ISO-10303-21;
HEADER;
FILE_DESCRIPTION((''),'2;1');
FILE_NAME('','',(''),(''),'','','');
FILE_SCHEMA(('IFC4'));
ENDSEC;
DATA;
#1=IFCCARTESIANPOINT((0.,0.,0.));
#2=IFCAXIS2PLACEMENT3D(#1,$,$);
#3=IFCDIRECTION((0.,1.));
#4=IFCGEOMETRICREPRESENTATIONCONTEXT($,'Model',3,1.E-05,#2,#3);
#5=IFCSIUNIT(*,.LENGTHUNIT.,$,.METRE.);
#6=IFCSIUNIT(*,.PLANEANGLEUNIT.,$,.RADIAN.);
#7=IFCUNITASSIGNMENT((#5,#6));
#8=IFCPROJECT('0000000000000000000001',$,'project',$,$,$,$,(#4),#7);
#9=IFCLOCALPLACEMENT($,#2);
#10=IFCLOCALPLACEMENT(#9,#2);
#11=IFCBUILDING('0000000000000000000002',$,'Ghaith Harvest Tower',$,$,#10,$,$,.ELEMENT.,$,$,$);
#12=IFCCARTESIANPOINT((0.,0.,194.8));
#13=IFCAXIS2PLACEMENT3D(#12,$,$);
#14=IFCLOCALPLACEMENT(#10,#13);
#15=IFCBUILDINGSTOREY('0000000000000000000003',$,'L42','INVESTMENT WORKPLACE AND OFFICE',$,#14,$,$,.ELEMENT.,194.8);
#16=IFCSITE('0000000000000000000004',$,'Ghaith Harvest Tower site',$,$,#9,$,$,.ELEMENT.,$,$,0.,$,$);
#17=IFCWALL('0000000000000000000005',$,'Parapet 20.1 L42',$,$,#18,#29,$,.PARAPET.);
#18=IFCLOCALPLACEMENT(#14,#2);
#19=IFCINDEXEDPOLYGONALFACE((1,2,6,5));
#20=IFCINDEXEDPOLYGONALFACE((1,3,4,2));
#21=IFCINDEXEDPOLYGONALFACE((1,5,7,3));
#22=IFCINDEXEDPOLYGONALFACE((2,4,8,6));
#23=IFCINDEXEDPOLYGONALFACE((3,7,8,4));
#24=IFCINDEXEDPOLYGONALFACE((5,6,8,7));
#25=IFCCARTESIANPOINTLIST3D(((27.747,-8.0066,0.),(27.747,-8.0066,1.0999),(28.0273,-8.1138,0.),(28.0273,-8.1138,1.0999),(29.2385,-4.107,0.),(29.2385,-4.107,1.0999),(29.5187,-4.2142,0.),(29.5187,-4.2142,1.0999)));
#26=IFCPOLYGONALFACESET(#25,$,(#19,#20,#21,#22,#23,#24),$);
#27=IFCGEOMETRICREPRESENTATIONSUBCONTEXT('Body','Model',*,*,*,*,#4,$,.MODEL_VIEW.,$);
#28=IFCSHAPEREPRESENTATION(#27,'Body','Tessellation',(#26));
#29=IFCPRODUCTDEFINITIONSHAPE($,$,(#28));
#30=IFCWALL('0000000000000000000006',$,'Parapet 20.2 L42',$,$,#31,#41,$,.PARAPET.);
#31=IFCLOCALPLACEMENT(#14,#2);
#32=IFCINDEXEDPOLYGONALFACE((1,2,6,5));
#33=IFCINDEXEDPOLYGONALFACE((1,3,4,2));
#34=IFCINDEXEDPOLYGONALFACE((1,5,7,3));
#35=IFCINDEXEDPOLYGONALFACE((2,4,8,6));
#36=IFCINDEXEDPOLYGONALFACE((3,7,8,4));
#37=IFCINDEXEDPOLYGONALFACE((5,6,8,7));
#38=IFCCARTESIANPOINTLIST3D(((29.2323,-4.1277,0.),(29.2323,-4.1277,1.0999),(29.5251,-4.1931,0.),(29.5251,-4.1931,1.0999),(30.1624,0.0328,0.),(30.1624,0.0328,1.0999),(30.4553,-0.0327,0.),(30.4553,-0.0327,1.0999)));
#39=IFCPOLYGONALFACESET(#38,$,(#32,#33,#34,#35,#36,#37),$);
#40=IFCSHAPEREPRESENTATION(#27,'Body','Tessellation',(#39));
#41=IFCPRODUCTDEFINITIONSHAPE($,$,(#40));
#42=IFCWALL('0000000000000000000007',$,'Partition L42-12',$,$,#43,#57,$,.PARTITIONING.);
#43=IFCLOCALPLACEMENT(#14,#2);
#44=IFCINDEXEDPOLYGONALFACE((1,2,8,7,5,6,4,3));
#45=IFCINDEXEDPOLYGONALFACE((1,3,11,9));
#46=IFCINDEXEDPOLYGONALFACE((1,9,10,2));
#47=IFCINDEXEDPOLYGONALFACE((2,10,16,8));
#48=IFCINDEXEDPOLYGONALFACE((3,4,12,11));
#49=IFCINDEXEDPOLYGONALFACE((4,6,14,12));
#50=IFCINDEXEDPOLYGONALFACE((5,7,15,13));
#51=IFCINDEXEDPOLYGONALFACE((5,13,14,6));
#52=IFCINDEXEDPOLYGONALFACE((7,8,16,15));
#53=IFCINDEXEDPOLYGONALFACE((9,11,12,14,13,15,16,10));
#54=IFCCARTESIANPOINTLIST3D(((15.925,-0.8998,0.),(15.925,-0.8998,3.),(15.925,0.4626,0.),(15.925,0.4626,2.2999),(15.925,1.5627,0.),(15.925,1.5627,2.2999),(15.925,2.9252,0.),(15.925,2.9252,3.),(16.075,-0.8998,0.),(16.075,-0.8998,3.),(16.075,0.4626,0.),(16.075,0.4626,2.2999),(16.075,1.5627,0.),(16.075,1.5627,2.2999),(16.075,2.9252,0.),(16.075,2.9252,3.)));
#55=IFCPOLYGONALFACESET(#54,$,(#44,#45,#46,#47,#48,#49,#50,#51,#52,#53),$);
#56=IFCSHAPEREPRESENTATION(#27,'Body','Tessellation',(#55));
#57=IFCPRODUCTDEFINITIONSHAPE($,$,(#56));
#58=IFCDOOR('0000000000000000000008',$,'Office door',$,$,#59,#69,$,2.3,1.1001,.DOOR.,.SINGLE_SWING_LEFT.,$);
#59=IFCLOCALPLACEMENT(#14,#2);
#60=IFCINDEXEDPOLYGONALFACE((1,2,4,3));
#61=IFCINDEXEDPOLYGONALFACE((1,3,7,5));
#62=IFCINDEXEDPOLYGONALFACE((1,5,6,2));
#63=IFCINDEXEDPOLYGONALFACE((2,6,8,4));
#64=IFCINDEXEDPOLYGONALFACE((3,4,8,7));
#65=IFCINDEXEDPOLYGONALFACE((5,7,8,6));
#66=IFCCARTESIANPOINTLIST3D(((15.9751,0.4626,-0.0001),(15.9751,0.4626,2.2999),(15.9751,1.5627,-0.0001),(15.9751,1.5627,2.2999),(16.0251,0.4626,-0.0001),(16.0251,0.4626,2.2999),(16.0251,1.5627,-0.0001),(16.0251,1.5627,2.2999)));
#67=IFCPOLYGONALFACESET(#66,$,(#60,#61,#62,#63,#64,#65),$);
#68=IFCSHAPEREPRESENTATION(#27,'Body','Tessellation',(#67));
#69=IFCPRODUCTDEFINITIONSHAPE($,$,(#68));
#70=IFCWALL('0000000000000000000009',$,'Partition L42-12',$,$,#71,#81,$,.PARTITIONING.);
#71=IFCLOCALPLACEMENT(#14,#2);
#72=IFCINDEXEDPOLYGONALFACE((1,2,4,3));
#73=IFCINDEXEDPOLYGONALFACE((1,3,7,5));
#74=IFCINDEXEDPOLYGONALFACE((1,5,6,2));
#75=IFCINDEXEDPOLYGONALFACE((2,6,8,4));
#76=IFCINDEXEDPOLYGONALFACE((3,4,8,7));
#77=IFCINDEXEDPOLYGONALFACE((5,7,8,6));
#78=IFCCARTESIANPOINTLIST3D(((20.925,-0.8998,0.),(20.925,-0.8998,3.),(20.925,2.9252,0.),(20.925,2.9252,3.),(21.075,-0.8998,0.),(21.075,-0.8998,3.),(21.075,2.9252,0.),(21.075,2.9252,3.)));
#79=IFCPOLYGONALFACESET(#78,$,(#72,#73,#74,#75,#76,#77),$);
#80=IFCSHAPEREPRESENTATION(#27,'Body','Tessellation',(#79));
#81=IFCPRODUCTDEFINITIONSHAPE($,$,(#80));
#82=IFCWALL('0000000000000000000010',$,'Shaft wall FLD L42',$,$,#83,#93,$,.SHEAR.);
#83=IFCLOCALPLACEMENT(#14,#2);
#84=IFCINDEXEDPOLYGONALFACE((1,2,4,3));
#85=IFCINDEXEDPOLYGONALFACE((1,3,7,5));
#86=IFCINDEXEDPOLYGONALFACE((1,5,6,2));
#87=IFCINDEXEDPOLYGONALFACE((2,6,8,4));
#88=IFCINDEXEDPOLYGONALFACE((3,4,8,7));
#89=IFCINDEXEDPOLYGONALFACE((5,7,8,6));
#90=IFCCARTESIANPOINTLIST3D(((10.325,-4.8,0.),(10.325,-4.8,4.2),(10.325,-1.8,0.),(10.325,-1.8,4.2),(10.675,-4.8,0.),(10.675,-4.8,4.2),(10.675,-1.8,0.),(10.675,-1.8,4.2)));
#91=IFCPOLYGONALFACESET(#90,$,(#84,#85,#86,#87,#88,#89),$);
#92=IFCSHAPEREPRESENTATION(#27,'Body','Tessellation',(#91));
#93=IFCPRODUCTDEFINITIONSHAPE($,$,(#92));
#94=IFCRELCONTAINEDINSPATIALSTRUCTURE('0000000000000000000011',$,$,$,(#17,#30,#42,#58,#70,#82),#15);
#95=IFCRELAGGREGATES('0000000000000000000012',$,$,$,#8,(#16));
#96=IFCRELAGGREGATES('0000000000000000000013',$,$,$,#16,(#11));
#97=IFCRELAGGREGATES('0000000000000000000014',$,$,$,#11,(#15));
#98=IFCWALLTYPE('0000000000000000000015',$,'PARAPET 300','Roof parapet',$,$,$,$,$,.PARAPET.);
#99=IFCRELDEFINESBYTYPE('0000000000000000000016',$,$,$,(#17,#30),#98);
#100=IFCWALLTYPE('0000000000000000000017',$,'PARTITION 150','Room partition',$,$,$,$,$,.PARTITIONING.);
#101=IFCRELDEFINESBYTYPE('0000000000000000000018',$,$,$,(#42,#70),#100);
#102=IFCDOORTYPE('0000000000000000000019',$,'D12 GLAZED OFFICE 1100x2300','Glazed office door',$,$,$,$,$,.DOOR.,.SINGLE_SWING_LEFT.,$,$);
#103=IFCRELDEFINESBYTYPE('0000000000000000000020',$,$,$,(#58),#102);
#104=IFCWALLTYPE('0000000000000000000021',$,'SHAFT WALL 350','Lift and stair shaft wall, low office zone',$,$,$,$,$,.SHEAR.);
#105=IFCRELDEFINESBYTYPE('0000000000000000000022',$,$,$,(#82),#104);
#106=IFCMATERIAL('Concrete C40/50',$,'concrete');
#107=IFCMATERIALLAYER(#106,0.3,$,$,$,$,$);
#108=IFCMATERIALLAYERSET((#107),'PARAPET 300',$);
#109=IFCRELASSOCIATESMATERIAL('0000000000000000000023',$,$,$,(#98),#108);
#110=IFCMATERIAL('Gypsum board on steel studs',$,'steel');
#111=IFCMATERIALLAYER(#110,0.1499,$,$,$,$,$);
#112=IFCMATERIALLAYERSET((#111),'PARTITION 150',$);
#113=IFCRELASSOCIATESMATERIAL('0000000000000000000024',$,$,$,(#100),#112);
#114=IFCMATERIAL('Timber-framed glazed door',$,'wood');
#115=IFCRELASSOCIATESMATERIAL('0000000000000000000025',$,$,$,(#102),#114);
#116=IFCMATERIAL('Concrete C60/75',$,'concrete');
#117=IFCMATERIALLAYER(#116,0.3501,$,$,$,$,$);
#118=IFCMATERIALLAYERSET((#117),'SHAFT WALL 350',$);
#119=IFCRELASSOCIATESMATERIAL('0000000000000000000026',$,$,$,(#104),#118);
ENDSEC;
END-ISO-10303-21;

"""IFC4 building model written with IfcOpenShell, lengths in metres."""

from ifc_helpers import new_model, si_unit, direction, frame, frame_2d, origin, place, context, subcontext, project, spatial, rectangle, extrude, material, layer, layer_set, type_object, element, fill, save


model = new_model("IFC4")

# Units and contexts
model_context = context("Model", 3, precision=1e-05, world=origin(), true_north=direction((0.0, 1.0)))
body_context = subcontext(model_context, "Body", "Model", "MODEL_VIEW")
ifc_project = project(units=[si_unit("LENGTHUNIT", "METRE"), si_unit("PLANEANGLEUNIT", "RADIAN")], contexts=[model_context])

# Site, building, storey
site_placement = place(None, origin())
site = spatial("IfcSite", under=ifc_project, at=site_placement, Name="Ghaith Harvest Tower site", CompositionType="ELEMENT", RefElevation=0.0)
building_placement = place(site_placement, origin())
building = spatial("IfcBuilding", under=site, at=building_placement, Name="Ghaith Harvest Tower", CompositionType="ELEMENT")
storey_placement = place(building_placement, frame((0.0, 0.0, 194.8)))
storey = spatial("IfcBuildingStorey", under=building, at=storey_placement, Name="L42", Description="INVESTMENT WORKPLACE AND OFFICE", CompositionType="ELEMENT", Elevation=194.8)

# Walls
ifc_material_1 = material(Name="Concrete C40/50", Category="concrete")
ifc_layer_1 = layer(ifc_material_1, 0.3)
ifc_layer_set_1 = layer_set([ifc_layer_1], Name="PARAPET 300")
wall_type_1 = type_object("IfcWallType", Name="PARAPET 300", Description="Roof parapet", PredefinedType="PARAPET", material=ifc_layer_set_1)
wall_1_placement = place(storey_placement, frame((27.8872, -8.0601, 0.0), z_axis=(0.0, 0.0, 1.0), x_axis=(0.357223, 0.934019, 0.0)))
element("IfcWall", 1, at=wall_1_placement, inside=storey, type_object=wall_type_1, Name="Parapet 20.1 L42", PredefinedType="PARAPET", context=body_context, shape_type="SweptSolid", body=[
    extrude(rectangle(XDim=4.175, YDim=0.3, at=frame_2d((2.0874, 0.0))), origin(), (0.0, 0.0, 1.0), 1.0999),
])
wall_2_placement = place(storey_placement, frame((29.3787, -4.1604, 0.0), z_axis=(0.0, 0.0, 1.0), x_axis=(0.218192, 0.975906, 0.0)))
element("IfcWall", 2, at=wall_2_placement, inside=storey, type_object=wall_type_1, Name="Parapet 20.2 L42", PredefinedType="PARAPET", context=body_context, shape_type="SweptSolid", body=[
    extrude(rectangle(XDim=4.2632, YDim=0.3, at=frame_2d((2.1316, 0.0))), origin(), (0.0, 0.0, 1.0), 1.0999),
])

# Wall, opening, door
ifc_material_2 = material(Name="Gypsum board on steel studs", Category="steel")
ifc_layer_2 = layer(ifc_material_2, 0.1499)
ifc_layer_set_2 = layer_set([ifc_layer_2], Name="PARTITION 150")
wall_type_2 = type_object("IfcWallType", Name="PARTITION 150", Description="Room partition", PredefinedType="PARTITIONING", material=ifc_layer_set_2)
wall_3_placement = place(storey_placement, frame((16.0, -0.8999, 0.0), z_axis=(0.0, 0.0, 1.0), x_axis=(0.0, 1.0, 0.0)))
wall_3 = element("IfcWall", 3, at=wall_3_placement, inside=storey, type_object=wall_type_2, Name="Partition L42-12", PredefinedType="PARTITIONING", context=body_context, shape_type="SweptSolid", body=[
    extrude(rectangle(XDim=3.825, YDim=0.1499, at=frame_2d((1.9126, 0.0))), origin(), (0.0, 0.0, 1.0), 3.0),
])
opening_1_placement = place(wall_3_placement, frame((1.3625, 0.0, 0.0)))
opening_1 = element("IfcOpeningElement", 4, at=opening_1_placement, cuts=wall_3, PredefinedType="OPENING", context=body_context, shape_type="SweptSolid", body=[
    extrude(rectangle(XDim=1.1001, YDim=2.3, at=frame_2d((0.55, 1.1499))), frame((0.0, 0.085, 0.0), z_axis=(0.0, -1.0, 0.0), x_axis=(1.0, 0.0, 0.0)), (0.0, 0.0, 1.0), 0.1699),
])
ifc_material_3 = material(Name="Timber-framed glazed door", Category="wood")
door_type_1 = type_object("IfcDoorType", Name="D12 GLAZED OFFICE 1100x2300", Description="Glazed office door", OperationType="SINGLE_SWING_LEFT", PredefinedType="DOOR", material=ifc_material_3)
door_1_placement = place(opening_1_placement, origin())
door_1 = element("IfcDoor", 5, at=door_1_placement, inside=storey, type_object=door_type_1, Name="Office door", OperationType="SINGLE_SWING_LEFT", OverallHeight=2.3, OverallWidth=1.1001, PredefinedType="DOOR", context=body_context, shape_type="SweptSolid", body=[
    extrude(rectangle(XDim=1.1001, YDim=2.3, at=frame_2d((0.55, 1.1499))), frame((0.0, 0.0249, 0.0), z_axis=(0.0, -1.0, 0.0), x_axis=(1.0, 0.0, 0.0)), (0.0, 0.0, 1.0), 0.05),
])
fill(opening_1, door_1)

# Walls
wall_4_placement = place(storey_placement, frame((21.0, -0.8999, 0.0), z_axis=(0.0, 0.0, 1.0), x_axis=(0.0, 1.0, 0.0)))
element("IfcWall", 6, at=wall_4_placement, inside=storey, type_object=wall_type_2, Name="Partition L42-12", PredefinedType="PARTITIONING", context=body_context, shape_type="SweptSolid", body=[
    extrude(rectangle(XDim=3.825, YDim=0.1499, at=frame_2d((1.9126, 0.0))), origin(), (0.0, 0.0, 1.0), 3.0),
])
ifc_material_4 = material(Name="Concrete C60/75", Category="concrete")
ifc_layer_3 = layer(ifc_material_4, 0.3501)
ifc_layer_set_3 = layer_set([ifc_layer_3], Name="SHAFT WALL 350")
wall_type_3 = type_object("IfcWallType", Name="SHAFT WALL 350", Description="Lift and stair shaft wall, low office zone", PredefinedType="SHEAR", material=ifc_layer_set_3)
wall_5_placement = place(storey_placement, frame((10.5, -4.8, 0.0), z_axis=(0.0, 0.0, 1.0), x_axis=(0.0, 1.0, 0.0)))
element("IfcWall", 7, at=wall_5_placement, inside=storey, type_object=wall_type_3, Name="Shaft wall FLD L42", PredefinedType="SHEAR", context=body_context, shape_type="SweptSolid", body=[
    extrude(rectangle(XDim=3.0, YDim=0.3501, at=frame_2d((1.5, 0.0))), origin(), (0.0, 0.0, 1.0), 4.2),
])

save(model, "model.ifc")
